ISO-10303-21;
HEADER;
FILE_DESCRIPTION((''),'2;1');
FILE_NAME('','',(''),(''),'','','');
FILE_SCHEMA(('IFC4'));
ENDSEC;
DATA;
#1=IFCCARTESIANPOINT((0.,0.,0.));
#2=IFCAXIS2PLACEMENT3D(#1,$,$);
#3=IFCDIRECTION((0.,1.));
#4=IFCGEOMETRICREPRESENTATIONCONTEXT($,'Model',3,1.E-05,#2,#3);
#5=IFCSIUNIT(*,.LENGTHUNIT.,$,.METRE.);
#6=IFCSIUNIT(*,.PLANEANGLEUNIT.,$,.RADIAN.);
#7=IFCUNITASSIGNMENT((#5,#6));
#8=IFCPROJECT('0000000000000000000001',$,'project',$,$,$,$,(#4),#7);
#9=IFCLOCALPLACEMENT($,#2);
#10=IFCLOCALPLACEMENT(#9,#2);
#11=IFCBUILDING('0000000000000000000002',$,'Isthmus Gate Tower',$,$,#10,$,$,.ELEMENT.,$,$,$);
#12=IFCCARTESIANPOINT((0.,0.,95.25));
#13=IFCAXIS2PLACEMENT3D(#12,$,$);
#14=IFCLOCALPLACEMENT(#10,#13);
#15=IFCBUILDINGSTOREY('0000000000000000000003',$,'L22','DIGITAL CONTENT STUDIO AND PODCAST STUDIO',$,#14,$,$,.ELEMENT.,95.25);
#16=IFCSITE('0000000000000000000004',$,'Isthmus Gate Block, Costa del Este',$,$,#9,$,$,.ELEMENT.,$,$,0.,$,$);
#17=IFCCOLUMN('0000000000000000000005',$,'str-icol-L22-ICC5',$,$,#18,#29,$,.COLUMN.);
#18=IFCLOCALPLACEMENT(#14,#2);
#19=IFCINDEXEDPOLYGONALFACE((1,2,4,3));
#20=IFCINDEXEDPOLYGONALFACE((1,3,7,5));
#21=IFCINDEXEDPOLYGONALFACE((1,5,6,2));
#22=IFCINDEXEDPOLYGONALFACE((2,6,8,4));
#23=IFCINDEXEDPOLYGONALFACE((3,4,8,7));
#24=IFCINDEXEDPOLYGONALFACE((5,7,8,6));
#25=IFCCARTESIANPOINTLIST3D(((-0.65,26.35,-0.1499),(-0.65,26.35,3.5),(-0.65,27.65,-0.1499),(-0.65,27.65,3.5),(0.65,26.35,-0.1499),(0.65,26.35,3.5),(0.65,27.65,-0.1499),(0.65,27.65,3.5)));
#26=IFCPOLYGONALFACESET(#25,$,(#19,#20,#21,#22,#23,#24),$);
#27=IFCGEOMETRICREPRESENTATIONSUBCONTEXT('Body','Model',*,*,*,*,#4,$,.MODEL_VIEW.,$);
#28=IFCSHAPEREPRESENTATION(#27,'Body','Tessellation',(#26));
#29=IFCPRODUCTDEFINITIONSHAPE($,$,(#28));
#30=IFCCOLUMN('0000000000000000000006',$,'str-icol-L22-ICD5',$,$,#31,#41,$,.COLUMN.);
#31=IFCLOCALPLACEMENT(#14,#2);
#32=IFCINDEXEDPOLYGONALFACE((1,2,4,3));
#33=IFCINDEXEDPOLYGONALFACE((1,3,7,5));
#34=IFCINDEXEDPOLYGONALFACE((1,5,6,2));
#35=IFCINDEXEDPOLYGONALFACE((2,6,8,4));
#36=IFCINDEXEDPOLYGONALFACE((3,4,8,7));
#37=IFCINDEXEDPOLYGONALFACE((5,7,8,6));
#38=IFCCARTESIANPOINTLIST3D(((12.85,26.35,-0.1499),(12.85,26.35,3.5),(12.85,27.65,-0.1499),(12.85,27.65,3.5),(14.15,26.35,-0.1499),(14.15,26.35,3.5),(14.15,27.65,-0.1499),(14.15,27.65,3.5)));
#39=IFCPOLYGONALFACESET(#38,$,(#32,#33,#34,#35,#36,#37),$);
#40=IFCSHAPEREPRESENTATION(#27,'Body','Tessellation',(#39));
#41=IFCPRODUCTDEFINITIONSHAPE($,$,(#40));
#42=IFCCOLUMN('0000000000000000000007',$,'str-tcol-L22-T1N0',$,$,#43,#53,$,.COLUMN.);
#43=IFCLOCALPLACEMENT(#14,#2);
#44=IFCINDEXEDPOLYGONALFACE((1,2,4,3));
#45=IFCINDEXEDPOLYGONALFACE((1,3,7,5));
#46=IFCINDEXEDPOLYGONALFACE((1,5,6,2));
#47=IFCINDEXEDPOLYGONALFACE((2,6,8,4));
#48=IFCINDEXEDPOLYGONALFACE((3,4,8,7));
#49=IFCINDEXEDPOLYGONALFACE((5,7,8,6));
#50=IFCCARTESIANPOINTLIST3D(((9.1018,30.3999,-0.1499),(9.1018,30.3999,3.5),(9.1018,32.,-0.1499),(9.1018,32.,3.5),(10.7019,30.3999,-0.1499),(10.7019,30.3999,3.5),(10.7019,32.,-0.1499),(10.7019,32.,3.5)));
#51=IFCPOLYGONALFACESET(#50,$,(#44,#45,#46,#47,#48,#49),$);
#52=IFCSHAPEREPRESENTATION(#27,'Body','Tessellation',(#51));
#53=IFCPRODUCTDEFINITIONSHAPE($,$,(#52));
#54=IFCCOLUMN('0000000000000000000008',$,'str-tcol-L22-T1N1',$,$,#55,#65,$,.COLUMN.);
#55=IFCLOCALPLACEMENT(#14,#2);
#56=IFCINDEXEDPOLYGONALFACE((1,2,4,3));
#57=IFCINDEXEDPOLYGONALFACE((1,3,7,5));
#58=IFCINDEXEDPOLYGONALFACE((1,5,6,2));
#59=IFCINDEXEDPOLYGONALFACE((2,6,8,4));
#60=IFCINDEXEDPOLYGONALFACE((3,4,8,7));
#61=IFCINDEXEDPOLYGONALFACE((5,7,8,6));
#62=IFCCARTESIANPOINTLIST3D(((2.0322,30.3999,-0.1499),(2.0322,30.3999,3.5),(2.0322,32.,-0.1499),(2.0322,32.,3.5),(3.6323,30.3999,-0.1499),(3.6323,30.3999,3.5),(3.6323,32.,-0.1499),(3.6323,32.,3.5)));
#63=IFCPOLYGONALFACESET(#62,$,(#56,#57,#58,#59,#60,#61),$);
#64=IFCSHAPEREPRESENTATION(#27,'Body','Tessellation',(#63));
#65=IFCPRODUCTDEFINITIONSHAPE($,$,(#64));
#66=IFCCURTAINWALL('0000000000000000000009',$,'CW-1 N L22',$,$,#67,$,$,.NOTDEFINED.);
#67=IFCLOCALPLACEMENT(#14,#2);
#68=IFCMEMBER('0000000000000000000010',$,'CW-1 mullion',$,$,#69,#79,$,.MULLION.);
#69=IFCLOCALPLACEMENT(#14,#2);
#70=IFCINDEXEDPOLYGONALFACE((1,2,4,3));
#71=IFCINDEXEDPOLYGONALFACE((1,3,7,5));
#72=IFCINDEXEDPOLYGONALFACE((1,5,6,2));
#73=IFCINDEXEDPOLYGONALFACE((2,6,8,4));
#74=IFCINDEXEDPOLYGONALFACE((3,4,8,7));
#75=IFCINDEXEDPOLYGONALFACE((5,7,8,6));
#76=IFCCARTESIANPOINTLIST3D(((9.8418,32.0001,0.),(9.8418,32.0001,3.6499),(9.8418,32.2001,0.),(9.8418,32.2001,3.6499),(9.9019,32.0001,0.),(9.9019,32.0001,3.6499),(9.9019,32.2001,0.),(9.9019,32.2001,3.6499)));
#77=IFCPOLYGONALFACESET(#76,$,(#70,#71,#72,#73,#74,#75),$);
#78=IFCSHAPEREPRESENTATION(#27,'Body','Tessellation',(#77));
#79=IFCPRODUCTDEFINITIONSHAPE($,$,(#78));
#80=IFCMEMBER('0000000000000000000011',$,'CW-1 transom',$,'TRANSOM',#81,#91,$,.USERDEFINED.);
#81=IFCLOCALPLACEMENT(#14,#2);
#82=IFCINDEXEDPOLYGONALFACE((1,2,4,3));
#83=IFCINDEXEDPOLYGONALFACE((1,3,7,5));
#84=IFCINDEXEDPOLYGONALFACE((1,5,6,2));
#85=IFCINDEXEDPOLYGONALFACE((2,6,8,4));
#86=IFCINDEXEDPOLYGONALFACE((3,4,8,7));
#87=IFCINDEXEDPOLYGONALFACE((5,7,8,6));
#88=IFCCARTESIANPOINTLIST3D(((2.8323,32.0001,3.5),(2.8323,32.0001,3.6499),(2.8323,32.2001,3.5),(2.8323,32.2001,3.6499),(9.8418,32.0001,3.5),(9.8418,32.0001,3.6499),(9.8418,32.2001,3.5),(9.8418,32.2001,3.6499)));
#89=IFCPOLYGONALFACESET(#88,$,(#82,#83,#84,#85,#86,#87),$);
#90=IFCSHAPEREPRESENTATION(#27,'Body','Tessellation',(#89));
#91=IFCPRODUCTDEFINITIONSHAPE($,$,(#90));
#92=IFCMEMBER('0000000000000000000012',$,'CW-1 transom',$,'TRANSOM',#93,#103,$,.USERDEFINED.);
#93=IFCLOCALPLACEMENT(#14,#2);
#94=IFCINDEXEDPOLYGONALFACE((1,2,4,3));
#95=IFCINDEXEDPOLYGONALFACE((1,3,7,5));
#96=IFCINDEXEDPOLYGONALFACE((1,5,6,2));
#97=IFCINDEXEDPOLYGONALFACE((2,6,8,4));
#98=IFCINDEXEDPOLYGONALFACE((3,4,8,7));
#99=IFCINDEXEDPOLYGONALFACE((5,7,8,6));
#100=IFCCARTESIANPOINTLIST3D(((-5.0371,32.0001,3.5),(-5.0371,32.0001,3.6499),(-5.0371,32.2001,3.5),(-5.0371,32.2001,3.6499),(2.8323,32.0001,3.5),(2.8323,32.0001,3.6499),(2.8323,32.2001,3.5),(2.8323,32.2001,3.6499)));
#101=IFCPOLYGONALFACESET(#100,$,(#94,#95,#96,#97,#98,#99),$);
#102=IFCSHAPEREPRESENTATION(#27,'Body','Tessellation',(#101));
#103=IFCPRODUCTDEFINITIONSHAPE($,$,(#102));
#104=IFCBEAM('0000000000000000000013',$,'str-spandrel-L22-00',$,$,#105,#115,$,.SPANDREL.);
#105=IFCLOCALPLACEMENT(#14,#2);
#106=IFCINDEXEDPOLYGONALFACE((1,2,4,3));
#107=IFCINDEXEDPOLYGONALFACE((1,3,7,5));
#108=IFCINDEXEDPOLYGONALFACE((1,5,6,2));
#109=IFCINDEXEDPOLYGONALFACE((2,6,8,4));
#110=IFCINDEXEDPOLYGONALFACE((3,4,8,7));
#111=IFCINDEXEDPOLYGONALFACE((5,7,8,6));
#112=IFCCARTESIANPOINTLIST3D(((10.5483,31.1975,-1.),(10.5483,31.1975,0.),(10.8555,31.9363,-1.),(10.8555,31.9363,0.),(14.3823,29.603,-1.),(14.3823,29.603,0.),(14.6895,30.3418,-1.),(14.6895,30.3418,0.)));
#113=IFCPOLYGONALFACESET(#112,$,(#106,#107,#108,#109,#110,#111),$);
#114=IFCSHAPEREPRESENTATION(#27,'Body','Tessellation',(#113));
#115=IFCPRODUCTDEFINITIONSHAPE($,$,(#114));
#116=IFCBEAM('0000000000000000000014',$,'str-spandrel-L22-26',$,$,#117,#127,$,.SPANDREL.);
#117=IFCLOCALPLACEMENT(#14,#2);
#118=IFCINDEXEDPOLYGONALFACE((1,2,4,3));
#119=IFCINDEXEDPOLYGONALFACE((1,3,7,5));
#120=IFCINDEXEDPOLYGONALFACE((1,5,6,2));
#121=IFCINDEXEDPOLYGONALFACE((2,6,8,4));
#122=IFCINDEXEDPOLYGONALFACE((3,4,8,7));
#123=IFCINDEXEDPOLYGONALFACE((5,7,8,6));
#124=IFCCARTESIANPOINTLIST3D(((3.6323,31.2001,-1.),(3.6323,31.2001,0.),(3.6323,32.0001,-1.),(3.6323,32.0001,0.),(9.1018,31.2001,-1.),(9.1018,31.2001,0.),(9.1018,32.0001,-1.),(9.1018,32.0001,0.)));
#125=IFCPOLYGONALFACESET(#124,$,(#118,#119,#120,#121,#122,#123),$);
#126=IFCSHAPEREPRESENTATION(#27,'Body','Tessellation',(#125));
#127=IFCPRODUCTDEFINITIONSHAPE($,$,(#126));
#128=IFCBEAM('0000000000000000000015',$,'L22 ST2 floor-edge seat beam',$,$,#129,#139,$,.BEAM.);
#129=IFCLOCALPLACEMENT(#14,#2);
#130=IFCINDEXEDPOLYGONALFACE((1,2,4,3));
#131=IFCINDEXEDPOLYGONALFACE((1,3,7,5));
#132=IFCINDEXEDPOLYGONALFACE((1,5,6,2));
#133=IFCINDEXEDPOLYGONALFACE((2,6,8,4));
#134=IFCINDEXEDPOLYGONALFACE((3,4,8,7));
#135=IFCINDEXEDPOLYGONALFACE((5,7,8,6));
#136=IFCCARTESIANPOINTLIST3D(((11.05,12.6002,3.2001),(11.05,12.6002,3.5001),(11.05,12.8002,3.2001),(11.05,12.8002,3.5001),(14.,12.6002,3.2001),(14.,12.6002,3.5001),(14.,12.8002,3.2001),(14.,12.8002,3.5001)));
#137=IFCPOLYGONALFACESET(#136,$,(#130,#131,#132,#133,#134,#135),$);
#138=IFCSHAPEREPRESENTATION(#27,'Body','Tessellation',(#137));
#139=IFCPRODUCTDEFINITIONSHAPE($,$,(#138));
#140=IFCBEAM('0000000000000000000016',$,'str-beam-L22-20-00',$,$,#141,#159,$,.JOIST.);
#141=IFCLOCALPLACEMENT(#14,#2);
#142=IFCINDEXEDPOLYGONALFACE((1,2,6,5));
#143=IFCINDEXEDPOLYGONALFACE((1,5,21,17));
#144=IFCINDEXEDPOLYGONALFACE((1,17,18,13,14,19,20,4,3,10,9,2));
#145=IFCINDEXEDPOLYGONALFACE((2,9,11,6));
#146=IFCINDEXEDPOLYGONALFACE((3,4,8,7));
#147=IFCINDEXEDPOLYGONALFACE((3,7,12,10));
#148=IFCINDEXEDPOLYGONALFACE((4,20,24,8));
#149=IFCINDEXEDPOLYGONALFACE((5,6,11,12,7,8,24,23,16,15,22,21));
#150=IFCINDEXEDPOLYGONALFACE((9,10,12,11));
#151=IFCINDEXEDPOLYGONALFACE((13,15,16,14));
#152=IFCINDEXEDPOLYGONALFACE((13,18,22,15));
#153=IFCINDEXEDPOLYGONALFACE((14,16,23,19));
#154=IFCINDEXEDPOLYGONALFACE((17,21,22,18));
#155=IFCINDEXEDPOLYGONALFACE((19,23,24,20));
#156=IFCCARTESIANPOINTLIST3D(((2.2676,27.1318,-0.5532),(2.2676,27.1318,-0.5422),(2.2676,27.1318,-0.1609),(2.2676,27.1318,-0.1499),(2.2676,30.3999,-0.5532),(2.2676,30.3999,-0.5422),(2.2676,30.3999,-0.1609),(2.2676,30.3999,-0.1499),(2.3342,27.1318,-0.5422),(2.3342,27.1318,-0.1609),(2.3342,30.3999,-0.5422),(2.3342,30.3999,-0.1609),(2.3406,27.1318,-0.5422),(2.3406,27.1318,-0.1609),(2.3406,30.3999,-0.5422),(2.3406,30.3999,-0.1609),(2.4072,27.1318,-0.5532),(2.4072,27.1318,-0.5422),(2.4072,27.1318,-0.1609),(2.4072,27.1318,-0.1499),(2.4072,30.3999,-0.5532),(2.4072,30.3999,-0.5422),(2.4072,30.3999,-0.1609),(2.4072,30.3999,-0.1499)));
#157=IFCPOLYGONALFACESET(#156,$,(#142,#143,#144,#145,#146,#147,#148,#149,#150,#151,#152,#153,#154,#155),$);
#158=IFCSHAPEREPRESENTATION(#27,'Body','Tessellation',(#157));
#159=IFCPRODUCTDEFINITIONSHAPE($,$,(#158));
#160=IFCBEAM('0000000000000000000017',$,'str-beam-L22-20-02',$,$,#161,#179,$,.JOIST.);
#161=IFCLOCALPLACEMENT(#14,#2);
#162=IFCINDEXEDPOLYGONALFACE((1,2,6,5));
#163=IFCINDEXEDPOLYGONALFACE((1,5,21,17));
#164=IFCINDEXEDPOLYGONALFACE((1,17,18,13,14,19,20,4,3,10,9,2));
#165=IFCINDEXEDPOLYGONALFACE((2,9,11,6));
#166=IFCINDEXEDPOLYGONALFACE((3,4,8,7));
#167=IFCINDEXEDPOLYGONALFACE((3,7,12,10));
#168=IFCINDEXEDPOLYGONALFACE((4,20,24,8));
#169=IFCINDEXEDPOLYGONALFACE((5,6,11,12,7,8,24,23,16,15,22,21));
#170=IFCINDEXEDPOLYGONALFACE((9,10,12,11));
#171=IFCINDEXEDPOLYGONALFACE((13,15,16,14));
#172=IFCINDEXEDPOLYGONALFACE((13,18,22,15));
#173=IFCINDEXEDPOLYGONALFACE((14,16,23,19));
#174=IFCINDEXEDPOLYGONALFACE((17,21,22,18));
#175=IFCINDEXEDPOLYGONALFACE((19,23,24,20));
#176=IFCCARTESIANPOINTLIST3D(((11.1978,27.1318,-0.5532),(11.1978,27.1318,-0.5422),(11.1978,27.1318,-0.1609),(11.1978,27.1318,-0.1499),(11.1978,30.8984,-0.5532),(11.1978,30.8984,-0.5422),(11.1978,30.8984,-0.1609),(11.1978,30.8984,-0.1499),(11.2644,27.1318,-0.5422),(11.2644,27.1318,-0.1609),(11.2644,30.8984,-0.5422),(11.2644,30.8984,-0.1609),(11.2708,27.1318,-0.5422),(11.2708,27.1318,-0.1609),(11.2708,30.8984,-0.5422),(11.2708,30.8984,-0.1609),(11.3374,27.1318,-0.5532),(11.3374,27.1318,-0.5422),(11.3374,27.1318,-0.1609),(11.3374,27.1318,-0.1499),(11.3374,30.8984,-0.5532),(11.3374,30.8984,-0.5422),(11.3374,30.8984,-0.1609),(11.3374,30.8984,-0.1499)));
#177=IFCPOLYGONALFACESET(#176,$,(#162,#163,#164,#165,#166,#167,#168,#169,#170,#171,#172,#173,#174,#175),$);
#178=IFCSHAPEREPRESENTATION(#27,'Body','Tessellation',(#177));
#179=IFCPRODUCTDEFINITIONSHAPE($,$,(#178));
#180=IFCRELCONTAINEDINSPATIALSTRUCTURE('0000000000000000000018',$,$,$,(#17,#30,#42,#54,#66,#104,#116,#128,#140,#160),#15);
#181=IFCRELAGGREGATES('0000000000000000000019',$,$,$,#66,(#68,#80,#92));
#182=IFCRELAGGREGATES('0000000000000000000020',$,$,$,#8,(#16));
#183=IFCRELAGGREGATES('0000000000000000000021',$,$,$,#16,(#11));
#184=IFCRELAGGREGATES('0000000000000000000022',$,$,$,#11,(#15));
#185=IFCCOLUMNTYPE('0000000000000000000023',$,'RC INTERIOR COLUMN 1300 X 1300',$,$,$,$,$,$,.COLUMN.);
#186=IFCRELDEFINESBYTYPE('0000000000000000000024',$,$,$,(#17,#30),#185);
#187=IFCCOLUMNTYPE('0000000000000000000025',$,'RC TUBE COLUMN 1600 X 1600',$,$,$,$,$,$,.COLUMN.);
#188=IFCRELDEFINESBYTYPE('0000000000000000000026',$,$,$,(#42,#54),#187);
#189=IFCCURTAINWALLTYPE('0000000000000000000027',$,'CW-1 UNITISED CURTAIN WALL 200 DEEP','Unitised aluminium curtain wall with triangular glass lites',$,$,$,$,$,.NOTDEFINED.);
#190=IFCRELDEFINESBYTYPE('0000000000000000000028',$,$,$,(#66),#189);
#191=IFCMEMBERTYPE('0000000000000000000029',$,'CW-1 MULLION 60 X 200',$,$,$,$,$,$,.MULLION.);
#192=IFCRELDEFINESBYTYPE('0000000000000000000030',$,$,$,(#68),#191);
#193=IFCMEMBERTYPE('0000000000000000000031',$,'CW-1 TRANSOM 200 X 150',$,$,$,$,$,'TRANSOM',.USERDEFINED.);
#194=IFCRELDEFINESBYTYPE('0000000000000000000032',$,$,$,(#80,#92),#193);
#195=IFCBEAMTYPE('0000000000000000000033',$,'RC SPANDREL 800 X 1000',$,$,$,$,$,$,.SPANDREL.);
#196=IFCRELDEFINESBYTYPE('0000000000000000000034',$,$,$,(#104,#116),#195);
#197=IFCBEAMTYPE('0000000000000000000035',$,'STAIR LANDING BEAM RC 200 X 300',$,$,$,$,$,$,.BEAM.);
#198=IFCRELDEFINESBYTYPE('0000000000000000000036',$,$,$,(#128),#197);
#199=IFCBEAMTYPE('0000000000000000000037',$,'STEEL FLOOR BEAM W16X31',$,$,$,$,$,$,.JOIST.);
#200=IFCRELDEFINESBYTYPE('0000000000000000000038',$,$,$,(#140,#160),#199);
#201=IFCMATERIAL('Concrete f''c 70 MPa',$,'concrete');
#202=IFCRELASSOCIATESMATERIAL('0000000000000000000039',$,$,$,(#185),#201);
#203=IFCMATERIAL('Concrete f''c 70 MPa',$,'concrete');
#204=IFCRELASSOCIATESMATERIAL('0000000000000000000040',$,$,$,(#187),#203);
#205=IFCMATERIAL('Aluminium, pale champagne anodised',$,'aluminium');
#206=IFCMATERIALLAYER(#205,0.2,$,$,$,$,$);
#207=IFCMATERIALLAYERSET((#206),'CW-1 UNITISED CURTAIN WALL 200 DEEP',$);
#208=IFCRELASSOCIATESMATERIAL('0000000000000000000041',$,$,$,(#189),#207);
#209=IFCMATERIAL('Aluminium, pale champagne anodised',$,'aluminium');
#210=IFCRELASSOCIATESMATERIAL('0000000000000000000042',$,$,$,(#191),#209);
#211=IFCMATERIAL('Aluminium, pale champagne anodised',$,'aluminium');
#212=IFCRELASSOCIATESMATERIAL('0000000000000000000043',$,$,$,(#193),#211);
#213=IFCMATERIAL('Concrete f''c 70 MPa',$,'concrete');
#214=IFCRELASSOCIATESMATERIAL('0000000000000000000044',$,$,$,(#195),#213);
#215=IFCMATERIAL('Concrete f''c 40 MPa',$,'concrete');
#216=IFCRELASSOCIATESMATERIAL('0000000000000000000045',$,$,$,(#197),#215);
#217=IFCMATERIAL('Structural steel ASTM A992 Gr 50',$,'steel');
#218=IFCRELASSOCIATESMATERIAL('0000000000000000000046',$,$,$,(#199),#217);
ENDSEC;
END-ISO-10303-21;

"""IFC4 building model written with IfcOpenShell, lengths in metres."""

from ifc_helpers import new_model, si_unit, direction, frame, origin, origin_2d, place, context, subcontext, project, spatial, rectangle, i_section, extrude, material, layer, layer_set, material_profile, profile_set, type_object, element, aggregate, save


model = new_model("IFC4")

# Units and contexts
model_context = context("Model", 3, precision=1e-05, world=origin(), true_north=direction((0.0, 1.0)))
body_context = subcontext(model_context, "Body", "Model", "MODEL_VIEW")
ifc_project = project(units=[si_unit("LENGTHUNIT", "METRE"), si_unit("PLANEANGLEUNIT", "RADIAN")], contexts=[model_context])

# Site, building, storey
site_placement = place(None, origin())
site = spatial("IfcSite", under=ifc_project, at=site_placement, Name="Isthmus Gate Block, Costa del Este", CompositionType="ELEMENT", RefElevation=0.0)
building_placement = place(site_placement, origin())
building = spatial("IfcBuilding", under=site, at=building_placement, Name="Isthmus Gate Tower", CompositionType="ELEMENT")
storey_placement = place(building_placement, frame((0.0, 0.0, 95.25)))
storey = spatial("IfcBuildingStorey", under=building, at=storey_placement, Name="L22", Description="DIGITAL CONTENT STUDIO AND PODCAST STUDIO", CompositionType="ELEMENT", Elevation=95.25)

# Columns
ifc_material_1 = material(Name="Concrete f'c 70 MPa", Category="concrete")
ifc_material_profile_1 = material_profile(ifc_material_1, rectangle(XDim=1.3, YDim=1.3, at=origin_2d()), Name="RC 1300X1300")
ifc_profile_set_1 = profile_set([ifc_material_profile_1], Name="Concrete f'c 70 MPa")
column_type_1 = type_object("IfcColumnType", Name="RC INTERIOR COLUMN 1300 X 1300", PredefinedType="COLUMN", material=ifc_profile_set_1)
for number, where, z_axis, x_axis, name in (
    (1, (0.0, 27.0, -0.1499), (0.0, 0.0, 1.0), (1.0, 0.0, 0.0), "str-icol-L22-ICC5"),
    (2, (13.5, 27.0, -0.1499), (0.0, 0.0, 1.0), (1.0, 0.0, 0.0), "str-icol-L22-ICD5"),
):
    element("IfcColumn", number, at=place(storey_placement, frame(where, z_axis=z_axis, x_axis=x_axis)), inside=storey, type_object=column_type_1, Name=name, PredefinedType="COLUMN", context=body_context, shape_type="SweptSolid", body=[
        extrude(rectangle(XDim=1.3, YDim=1.3, at=origin_2d()), origin(), (0.0, 0.0, 1.0), 3.6499),
    ])
ifc_material_2 = material(Name="Concrete f'c 70 MPa", Category="concrete")
ifc_material_profile_2 = material_profile(ifc_material_2, rectangle(XDim=1.6001, YDim=1.6001, at=origin_2d()), Name="RC 1600X1600")
ifc_profile_set_2 = profile_set([ifc_material_profile_2], Name="Concrete f'c 70 MPa")
column_type_2 = type_object("IfcColumnType", Name="RC TUBE COLUMN 1600 X 1600", PredefinedType="COLUMN", material=ifc_profile_set_2)
for number, where, z_axis, x_axis, name in (
    (3, (9.9019, 31.2, -0.1499), (0.0, 0.0, 1.0), (-1.0, 0.0, 0.0), "str-tcol-L22-T1N0"),
    (4, (2.8323, 31.2, -0.1499), (0.0, 0.0, 1.0), (-1.0, 0.0, 0.0), "str-tcol-L22-T1N1"),
):
    element("IfcColumn", number, at=place(storey_placement, frame(where, z_axis=z_axis, x_axis=x_axis)), inside=storey, type_object=column_type_2, Name=name, PredefinedType="COLUMN", context=body_context, shape_type="SweptSolid", body=[
        extrude(rectangle(XDim=1.6001, YDim=1.6001, at=origin_2d()), origin(), (0.0, 0.0, 1.0), 3.6499),
    ])

# Curtain wall, members
ifc_material_3 = material(Name="Aluminium, pale champagne anodised", Category="aluminium")
ifc_layer_1 = layer(ifc_material_3, 0.2)
ifc_layer_set_1 = layer_set([ifc_layer_1], Name="CW-1 UNITISED CURTAIN WALL 200 DEEP")
curtain_wall_type = type_object("IfcCurtainWallType", Name="CW-1 UNITISED CURTAIN WALL 200 DEEP", Description="Unitised aluminium curtain wall with triangular glass lites", PredefinedType="NOTDEFINED", material=ifc_layer_set_1)
curtain_wall_1_placement = place(storey_placement, origin())
curtain_wall_1 = element("IfcCurtainWall", 5, at=curtain_wall_1_placement, inside=storey, type_object=curtain_wall_type, Name="CW-1 N L22", PredefinedType="NOTDEFINED")
ifc_material_4 = material(Name="Aluminium, pale champagne anodised", Category="aluminium")
ifc_material_profile_3 = material_profile(ifc_material_4, rectangle(XDim=0.0601, YDim=0.2, at=origin_2d()), Name="60x200")
ifc_profile_set_3 = profile_set([ifc_material_profile_3], Name="Aluminium, pale champagne anodised")
member_type_1 = type_object("IfcMemberType", Name="CW-1 MULLION 60 X 200", PredefinedType="MULLION", material=ifc_profile_set_3)
member_1_placement = place(storey_placement, frame((9.8718, 32.1001, 0.0), z_axis=(0.0, 0.0, 1.0), x_axis=(-1.0, 0.0, 0.0)))
member_1 = element("IfcMember", 6, at=member_1_placement, type_object=member_type_1, Name="CW-1 mullion", PredefinedType="MULLION", context=body_context, shape_type="SweptSolid", body=[
    extrude(rectangle(XDim=0.0601, YDim=0.2, at=origin_2d()), origin(), (0.0, 0.0, 1.0), 3.6499),
])
ifc_material_5 = material(Name="Aluminium, pale champagne anodised", Category="aluminium")
ifc_material_profile_4 = material_profile(ifc_material_5, rectangle(XDim=0.2, YDim=0.1499, at=origin_2d()), Name="200x150")
ifc_profile_set_4 = profile_set([ifc_material_profile_4], Name="Aluminium, pale champagne anodised")
member_type_2 = type_object("IfcMemberType", Name="CW-1 TRANSOM 200 X 150", ElementType="TRANSOM", PredefinedType="USERDEFINED", material=ifc_profile_set_4)
member_2_placement = place(storey_placement, frame((9.8418, 32.1001, 3.575), z_axis=(-1.0, 0.0, 0.0), x_axis=(0.0, -1.0, 0.0)))
member_2 = element("IfcMember", 7, at=member_2_placement, type_object=member_type_2, Name="CW-1 transom", ObjectType="TRANSOM", PredefinedType="USERDEFINED", context=body_context, shape_type="SweptSolid", body=[
    extrude(rectangle(XDim=0.2, YDim=0.1499, at=origin_2d()), origin(), (0.0, 0.0, 1.0), 7.0095),
])
member_3_placement = place(storey_placement, frame((2.8323, 32.1001, 3.575), z_axis=(-1.0, 0.0, 0.0), x_axis=(0.0, -1.0, 0.0)))
member_3 = element("IfcMember", 8, at=member_3_placement, type_object=member_type_2, Name="CW-1 transom", ObjectType="TRANSOM", PredefinedType="USERDEFINED", context=body_context, shape_type="SweptSolid", body=[
    extrude(rectangle(XDim=0.2, YDim=0.1499, at=origin_2d()), origin(), (0.0, 0.0, 1.0), 7.8694),
])

# Beams
ifc_material_6 = material(Name="Concrete f'c 70 MPa", Category="concrete")
ifc_material_profile_5 = material_profile(ifc_material_6, rectangle(XDim=0.8, YDim=1.0, at=origin_2d()), Name="RC 800X1000")
ifc_profile_set_5 = profile_set([ifc_material_profile_5], Name="Concrete f'c 70 MPa")
beam_type_1 = type_object("IfcBeamType", Name="RC SPANDREL 800 X 1000", PredefinedType="SPANDREL", material=ifc_profile_set_5)
beam_1_placement = place(storey_placement, frame((10.7019, 31.5669, -0.5), z_axis=(0.923334, -0.383997, 0.0), x_axis=(0.383997, 0.923334, 0.0)))
element("IfcBeam", 9, at=beam_1_placement, inside=storey, type_object=beam_type_1, Name="str-spandrel-L22-00", PredefinedType="SPANDREL", context=body_context, shape_type="SweptSolid", body=[
    extrude(rectangle(XDim=0.8, YDim=1.0, at=origin_2d()), origin(), (0.0, 0.0, 1.0), 4.1523),
])
beam_2_placement = place(storey_placement, frame((3.6323, 31.6001, -0.5), z_axis=(1.0, 0.0, 0.0), x_axis=(0.0, 1.0, 0.0)))
element("IfcBeam", 10, at=beam_2_placement, inside=storey, type_object=beam_type_1, Name="str-spandrel-L22-26", PredefinedType="SPANDREL", context=body_context, shape_type="SweptSolid", body=[
    extrude(rectangle(XDim=0.8, YDim=1.0, at=origin_2d()), origin(), (0.0, 0.0, 1.0), 5.4695),
])
ifc_material_7 = material(Name="Concrete f'c 40 MPa", Category="concrete")
ifc_material_profile_6 = material_profile(ifc_material_7, rectangle(XDim=0.2, YDim=0.3, at=origin_2d()), Name="STAIR LANDING BEAM RC 200 X 300")
ifc_profile_set_6 = profile_set([ifc_material_profile_6], Name="Concrete f'c 40 MPa")
beam_type_2 = type_object("IfcBeamType", Name="STAIR LANDING BEAM RC 200 X 300", PredefinedType="BEAM", material=ifc_profile_set_6)
beam_3_placement = place(storey_placement, frame((11.05, 12.7002, 3.3501), z_axis=(1.0, 0.0, 0.0), x_axis=(0.0, 1.0, 0.0)))
element("IfcBeam", 11, at=beam_3_placement, inside=storey, type_object=beam_type_2, Name="L22 ST2 floor-edge seat beam", PredefinedType="BEAM", context=body_context, shape_type="SweptSolid", body=[
    extrude(rectangle(XDim=0.2, YDim=0.3, at=origin_2d()), origin(), (0.0, 0.0, 1.0), 2.95),
])
ifc_material_8 = material(Name="Structural steel ASTM A992 Gr 50", Category="steel")
ifc_material_profile_7 = material_profile(ifc_material_8, i_section(OverallWidth=0.1396, OverallDepth=0.4033, WebThickness=0.0063, FlangeThickness=0.011, at=origin_2d()), Name="W16X31")
ifc_profile_set_7 = profile_set([ifc_material_profile_7], Name="Structural steel ASTM A992 Gr 50")
beam_type_3 = type_object("IfcBeamType", Name="STEEL FLOOR BEAM W16X31", PredefinedType="JOIST", material=ifc_profile_set_7)
beam_4_placement = place(storey_placement, frame((2.3374, 27.1318, -0.3516), z_axis=(0.0, 1.0, 0.0), x_axis=(-1.0, 0.0, 0.0)))
element("IfcBeam", 12, at=beam_4_placement, inside=storey, type_object=beam_type_3, Name="str-beam-L22-20-00", PredefinedType="JOIST", context=body_context, shape_type="SweptSolid", body=[
    extrude(i_section(OverallWidth=0.1396, OverallDepth=0.4033, WebThickness=0.0063, FlangeThickness=0.011, at=origin_2d()), origin(), (0.0, 0.0, 1.0), 3.2681),
])
beam_5_placement = place(storey_placement, frame((11.2676, 27.1318, -0.3516), z_axis=(0.0, 1.0, 0.0), x_axis=(-1.0, 0.0, 0.0)))
element("IfcBeam", 13, at=beam_5_placement, inside=storey, type_object=beam_type_3, Name="str-beam-L22-20-02", PredefinedType="JOIST", context=body_context, shape_type="SweptSolid", body=[
    extrude(i_section(OverallWidth=0.1396, OverallDepth=0.4033, WebThickness=0.0063, FlangeThickness=0.011, at=origin_2d()), origin(), (0.0, 0.0, 1.0), 3.7666),
])

aggregate(curtain_wall_1, [member_1, member_2, member_3])

save(model, "model.ifc")
